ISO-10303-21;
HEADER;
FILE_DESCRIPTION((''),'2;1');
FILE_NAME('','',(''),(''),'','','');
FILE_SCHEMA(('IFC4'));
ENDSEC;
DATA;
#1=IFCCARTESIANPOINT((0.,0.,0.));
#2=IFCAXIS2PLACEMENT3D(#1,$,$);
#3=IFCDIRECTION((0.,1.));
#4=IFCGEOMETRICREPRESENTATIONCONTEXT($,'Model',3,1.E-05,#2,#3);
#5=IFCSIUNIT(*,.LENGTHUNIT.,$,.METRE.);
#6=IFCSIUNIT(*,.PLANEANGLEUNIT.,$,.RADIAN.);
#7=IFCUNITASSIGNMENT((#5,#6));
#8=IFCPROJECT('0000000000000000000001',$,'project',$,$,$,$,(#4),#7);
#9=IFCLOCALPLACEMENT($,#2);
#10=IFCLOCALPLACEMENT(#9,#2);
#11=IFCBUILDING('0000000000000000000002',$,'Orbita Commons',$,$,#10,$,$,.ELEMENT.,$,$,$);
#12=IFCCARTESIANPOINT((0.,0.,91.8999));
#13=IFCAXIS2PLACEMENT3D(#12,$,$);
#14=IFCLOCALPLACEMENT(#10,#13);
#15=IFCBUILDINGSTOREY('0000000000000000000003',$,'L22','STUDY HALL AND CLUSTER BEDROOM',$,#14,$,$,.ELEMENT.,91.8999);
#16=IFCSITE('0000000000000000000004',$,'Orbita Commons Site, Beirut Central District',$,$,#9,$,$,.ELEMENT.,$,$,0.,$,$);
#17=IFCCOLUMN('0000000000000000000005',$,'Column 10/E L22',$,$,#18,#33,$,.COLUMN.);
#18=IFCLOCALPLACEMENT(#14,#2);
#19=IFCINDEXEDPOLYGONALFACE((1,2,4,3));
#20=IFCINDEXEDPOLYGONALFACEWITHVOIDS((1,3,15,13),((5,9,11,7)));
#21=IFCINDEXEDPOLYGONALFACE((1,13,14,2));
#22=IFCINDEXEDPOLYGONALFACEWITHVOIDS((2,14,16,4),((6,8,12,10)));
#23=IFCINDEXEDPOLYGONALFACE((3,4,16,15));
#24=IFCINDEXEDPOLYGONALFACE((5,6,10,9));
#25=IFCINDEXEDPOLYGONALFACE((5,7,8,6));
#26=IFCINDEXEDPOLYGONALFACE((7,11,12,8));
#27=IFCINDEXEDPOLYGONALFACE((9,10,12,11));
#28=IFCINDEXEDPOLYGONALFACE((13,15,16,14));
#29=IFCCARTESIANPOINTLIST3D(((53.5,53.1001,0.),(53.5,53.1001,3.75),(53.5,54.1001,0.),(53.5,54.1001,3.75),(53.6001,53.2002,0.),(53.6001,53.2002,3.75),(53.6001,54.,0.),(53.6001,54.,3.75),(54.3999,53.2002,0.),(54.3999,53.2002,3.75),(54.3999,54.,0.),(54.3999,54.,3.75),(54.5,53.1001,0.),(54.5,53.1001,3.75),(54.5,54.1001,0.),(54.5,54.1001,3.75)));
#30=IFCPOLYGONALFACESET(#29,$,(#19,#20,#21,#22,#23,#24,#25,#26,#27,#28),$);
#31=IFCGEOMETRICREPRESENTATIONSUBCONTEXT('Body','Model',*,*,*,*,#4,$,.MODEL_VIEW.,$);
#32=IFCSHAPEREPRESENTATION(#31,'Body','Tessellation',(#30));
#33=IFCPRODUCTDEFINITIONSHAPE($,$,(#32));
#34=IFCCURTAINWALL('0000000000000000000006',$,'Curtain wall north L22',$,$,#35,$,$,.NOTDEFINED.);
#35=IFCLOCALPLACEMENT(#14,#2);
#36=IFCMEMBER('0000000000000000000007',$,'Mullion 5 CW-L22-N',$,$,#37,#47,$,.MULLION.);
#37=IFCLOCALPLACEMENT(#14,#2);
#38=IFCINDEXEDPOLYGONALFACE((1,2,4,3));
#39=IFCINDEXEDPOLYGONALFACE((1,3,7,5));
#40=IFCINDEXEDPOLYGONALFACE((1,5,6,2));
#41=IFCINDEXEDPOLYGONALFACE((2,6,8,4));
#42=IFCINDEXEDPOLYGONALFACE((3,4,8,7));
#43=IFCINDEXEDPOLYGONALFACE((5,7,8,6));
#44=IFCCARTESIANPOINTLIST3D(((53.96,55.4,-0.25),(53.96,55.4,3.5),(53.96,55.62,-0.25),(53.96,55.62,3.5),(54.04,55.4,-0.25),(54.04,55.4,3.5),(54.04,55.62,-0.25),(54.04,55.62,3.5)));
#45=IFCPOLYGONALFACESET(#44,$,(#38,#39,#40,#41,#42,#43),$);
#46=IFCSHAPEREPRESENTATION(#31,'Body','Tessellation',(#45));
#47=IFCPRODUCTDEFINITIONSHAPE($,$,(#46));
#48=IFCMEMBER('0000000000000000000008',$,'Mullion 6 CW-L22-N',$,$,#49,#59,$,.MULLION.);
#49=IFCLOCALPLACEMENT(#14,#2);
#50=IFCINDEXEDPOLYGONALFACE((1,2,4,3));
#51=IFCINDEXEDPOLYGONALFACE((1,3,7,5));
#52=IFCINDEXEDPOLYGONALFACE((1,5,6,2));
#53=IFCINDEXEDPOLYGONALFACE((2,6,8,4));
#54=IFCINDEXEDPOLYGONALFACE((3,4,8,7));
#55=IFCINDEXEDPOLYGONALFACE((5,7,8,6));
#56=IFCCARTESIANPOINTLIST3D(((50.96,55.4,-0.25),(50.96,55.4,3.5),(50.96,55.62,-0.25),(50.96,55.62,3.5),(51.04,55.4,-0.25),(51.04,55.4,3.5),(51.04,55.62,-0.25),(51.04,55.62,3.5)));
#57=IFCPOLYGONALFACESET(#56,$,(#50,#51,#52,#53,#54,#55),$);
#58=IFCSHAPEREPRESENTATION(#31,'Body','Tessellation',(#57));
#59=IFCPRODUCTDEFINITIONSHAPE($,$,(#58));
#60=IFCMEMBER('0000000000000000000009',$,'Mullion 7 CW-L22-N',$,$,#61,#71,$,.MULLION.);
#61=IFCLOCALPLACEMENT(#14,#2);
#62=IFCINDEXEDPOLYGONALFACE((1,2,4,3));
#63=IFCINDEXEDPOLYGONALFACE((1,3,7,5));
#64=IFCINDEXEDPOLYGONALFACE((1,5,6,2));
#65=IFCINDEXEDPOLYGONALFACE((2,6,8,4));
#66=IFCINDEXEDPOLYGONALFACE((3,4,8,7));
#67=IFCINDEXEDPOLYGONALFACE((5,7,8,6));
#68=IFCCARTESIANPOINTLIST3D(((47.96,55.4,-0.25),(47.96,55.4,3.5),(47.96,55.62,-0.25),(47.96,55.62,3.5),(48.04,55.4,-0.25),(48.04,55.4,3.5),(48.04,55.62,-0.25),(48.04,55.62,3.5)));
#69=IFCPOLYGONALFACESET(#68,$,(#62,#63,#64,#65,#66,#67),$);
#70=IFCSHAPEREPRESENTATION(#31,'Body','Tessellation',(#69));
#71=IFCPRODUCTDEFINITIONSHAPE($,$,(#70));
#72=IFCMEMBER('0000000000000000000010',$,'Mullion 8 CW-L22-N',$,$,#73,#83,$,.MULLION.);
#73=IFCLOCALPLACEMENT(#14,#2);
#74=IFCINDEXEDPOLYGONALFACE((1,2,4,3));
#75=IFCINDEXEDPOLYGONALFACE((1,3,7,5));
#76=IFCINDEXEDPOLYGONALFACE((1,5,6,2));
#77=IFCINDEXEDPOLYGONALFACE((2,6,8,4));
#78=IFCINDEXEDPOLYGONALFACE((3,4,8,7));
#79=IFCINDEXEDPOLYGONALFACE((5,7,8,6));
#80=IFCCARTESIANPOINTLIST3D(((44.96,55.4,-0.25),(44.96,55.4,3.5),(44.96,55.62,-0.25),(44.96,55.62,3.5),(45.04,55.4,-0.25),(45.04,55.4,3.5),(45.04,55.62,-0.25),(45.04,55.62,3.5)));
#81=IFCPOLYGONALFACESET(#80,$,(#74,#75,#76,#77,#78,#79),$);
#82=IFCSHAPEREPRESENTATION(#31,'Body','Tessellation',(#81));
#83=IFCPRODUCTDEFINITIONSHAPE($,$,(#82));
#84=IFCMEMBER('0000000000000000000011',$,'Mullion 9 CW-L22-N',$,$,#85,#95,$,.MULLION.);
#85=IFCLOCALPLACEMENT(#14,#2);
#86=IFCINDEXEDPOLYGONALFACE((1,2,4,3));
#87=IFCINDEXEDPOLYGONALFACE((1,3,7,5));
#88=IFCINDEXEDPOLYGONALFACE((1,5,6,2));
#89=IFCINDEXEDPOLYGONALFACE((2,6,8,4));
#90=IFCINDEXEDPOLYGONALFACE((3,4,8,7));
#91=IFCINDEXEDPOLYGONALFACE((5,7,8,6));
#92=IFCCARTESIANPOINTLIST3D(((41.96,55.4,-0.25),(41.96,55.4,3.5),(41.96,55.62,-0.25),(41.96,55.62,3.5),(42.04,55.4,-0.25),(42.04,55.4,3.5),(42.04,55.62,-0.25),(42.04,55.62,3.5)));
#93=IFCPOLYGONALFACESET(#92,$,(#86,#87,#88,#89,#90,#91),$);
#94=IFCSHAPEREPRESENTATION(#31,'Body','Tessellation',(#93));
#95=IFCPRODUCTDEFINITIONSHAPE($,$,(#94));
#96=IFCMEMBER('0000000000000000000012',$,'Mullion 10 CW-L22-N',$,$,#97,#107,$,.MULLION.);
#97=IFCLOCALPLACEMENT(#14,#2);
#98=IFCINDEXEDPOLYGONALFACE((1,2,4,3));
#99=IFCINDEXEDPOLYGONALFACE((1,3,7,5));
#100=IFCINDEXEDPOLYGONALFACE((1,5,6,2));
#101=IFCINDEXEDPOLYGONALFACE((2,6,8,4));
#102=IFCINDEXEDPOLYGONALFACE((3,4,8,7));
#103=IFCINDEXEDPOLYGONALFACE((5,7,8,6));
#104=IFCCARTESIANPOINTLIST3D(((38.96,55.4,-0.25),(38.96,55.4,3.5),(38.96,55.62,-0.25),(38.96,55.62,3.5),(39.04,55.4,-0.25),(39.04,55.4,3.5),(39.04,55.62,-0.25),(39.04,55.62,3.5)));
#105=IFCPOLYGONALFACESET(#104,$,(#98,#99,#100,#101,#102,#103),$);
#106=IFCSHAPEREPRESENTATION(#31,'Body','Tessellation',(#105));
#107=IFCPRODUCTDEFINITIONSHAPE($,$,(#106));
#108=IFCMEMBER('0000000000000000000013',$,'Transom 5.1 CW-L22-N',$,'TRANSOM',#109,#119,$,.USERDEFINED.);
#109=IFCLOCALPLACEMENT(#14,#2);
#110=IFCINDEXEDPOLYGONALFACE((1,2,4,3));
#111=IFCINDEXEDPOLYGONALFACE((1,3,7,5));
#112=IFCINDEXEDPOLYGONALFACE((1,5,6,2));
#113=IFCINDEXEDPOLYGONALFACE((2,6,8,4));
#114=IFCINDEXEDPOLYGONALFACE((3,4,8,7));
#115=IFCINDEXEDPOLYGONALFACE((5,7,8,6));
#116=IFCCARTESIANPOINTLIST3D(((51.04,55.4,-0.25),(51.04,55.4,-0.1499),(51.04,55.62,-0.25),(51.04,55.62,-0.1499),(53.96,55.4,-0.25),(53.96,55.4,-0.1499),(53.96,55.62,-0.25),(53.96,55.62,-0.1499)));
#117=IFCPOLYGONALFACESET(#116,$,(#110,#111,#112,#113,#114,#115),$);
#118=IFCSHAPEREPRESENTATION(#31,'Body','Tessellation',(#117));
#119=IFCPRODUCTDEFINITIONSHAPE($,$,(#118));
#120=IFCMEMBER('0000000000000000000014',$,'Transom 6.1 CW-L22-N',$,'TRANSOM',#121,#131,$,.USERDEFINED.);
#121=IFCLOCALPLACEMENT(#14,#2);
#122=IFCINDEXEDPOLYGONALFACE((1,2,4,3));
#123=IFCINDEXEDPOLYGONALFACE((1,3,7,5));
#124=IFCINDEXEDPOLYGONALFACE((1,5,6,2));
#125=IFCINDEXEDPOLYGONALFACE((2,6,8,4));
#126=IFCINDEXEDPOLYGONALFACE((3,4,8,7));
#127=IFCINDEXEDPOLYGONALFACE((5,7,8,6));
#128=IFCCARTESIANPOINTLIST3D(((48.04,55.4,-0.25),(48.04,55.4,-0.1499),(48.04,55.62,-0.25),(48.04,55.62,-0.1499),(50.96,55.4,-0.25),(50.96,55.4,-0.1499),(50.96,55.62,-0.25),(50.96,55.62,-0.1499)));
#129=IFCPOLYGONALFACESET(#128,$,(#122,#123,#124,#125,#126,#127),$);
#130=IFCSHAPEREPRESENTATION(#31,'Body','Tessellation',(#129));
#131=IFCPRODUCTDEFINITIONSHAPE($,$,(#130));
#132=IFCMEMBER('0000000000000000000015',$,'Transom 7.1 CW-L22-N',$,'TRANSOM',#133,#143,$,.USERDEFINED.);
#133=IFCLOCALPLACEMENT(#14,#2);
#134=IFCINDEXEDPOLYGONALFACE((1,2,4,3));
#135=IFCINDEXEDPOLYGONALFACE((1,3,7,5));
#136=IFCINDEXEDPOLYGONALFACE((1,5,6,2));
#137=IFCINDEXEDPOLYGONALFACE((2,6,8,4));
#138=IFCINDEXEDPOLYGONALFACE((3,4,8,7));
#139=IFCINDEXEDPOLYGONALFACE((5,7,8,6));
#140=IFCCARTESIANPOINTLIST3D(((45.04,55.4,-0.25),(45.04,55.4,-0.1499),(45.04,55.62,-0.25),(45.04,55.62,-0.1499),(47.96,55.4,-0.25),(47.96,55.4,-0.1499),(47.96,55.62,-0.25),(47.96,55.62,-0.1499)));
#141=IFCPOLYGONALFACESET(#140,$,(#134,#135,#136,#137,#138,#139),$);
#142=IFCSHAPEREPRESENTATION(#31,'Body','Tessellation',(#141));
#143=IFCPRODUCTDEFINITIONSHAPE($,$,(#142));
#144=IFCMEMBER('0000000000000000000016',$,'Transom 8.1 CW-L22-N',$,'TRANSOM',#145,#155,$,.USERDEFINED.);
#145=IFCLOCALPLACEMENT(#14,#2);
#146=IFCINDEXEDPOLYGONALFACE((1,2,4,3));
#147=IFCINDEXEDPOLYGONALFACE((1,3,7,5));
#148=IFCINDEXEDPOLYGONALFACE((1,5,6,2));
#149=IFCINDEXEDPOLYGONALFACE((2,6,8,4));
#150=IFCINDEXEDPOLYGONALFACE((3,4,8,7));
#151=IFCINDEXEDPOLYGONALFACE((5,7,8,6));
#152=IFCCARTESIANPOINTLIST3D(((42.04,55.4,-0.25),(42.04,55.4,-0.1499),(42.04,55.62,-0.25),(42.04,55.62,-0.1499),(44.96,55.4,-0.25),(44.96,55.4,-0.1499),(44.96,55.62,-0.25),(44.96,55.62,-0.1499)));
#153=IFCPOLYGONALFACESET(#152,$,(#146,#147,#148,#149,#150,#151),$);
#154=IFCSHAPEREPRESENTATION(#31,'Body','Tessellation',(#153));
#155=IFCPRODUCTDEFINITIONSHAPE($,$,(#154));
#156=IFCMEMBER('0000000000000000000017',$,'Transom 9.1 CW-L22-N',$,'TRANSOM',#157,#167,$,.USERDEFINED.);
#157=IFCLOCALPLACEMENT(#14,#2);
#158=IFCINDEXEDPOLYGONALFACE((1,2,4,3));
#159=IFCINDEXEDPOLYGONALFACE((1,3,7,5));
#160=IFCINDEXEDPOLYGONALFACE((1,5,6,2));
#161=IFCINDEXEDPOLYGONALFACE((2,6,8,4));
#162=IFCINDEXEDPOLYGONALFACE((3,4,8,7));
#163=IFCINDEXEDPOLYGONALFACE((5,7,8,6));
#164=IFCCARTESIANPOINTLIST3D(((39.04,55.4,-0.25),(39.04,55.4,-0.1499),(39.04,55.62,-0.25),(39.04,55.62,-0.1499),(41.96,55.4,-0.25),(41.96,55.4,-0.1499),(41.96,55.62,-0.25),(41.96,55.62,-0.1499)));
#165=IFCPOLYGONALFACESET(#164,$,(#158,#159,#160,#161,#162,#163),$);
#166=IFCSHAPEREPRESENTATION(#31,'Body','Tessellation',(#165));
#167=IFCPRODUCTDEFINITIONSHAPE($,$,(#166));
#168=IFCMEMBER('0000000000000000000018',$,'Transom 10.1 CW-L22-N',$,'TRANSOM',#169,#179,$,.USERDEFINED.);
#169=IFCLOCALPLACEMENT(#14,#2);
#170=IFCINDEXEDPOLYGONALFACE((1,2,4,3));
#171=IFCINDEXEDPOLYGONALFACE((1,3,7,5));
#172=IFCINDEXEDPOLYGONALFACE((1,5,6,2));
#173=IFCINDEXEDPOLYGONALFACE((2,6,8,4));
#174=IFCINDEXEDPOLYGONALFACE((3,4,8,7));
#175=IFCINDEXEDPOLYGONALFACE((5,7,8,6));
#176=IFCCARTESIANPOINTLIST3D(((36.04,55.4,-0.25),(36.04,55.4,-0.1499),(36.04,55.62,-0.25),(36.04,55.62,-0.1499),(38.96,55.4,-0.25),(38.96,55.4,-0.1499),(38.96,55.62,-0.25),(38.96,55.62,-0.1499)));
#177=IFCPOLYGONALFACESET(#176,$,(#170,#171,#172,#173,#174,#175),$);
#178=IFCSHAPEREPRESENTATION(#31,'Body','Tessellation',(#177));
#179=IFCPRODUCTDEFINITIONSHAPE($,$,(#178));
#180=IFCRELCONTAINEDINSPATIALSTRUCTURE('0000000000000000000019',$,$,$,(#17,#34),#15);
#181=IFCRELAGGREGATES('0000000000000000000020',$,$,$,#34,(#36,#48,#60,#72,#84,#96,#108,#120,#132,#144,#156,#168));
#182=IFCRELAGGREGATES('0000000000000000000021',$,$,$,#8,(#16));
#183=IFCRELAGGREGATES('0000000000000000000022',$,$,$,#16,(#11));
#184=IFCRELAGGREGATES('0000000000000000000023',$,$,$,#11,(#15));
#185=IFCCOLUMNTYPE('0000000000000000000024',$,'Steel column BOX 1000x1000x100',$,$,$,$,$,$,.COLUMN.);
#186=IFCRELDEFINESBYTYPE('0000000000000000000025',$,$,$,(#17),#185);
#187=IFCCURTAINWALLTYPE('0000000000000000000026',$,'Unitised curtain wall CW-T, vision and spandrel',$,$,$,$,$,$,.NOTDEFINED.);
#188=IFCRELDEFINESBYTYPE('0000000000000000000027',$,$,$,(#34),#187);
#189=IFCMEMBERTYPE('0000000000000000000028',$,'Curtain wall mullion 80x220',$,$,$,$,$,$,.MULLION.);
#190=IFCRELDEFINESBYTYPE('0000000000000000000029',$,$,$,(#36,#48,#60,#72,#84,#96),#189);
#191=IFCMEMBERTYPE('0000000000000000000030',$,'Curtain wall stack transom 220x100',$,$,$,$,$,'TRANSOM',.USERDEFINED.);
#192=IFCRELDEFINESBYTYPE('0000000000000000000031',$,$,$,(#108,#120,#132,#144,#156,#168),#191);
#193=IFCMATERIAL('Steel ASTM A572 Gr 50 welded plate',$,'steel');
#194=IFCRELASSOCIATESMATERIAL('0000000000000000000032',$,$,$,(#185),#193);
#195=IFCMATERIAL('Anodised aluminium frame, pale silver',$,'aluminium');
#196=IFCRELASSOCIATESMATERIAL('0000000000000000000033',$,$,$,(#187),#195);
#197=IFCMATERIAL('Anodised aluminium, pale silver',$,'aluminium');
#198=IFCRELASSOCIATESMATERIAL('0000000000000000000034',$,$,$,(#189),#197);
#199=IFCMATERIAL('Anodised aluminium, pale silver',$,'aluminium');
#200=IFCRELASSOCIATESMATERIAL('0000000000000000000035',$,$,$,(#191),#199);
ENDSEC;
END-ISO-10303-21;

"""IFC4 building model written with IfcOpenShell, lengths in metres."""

from ifc_helpers import new_model, si_unit, direction, frame, origin, origin_2d, place, context, subcontext, project, spatial, rectangle, hollow_rectangle, extrude, material, material_profile, profile_set, type_object, element, aggregate, save


model = new_model("IFC4")

# Units and contexts
model_context = context("Model", 3, precision=1e-05, world=origin(), true_north=direction((0.0, 1.0)))
body_context = subcontext(model_context, "Body", "Model", "MODEL_VIEW")
ifc_project = project(units=[si_unit("LENGTHUNIT", "METRE"), si_unit("PLANEANGLEUNIT", "RADIAN")], contexts=[model_context])

# Site, building, storey
site_placement = place(None, origin())
site = spatial("IfcSite", under=ifc_project, at=site_placement, Name="Orbita Commons Site, Beirut Central District", CompositionType="ELEMENT", RefElevation=0.0)
building_placement = place(site_placement, origin())
building = spatial("IfcBuilding", under=site, at=building_placement, Name="Orbita Commons", CompositionType="ELEMENT")
storey_placement = place(building_placement, frame((0.0, 0.0, 91.8999)))
storey = spatial("IfcBuildingStorey", under=building, at=storey_placement, Name="L22", Description="STUDY HALL AND CLUSTER BEDROOM", CompositionType="ELEMENT", Elevation=91.8999)

# Column
ifc_material_1 = material(Name="Steel ASTM A572 Gr 50 welded plate", Category="steel")
ifc_material_profile_1 = material_profile(ifc_material_1, hollow_rectangle(XDim=1.0, YDim=1.0, WallThickness=0.1001, at=origin_2d()), Name="BOX 1000x1000x100")
ifc_profile_set_1 = profile_set([ifc_material_profile_1], Name="Steel ASTM A572 Gr 50 welded plate")
column_type = type_object("IfcColumnType", Name="Steel column BOX 1000x1000x100", PredefinedType="COLUMN", material=ifc_profile_set_1)
column_placement = place(storey_placement, frame((54.0, 53.6001, 0.0), z_axis=(0.0, 0.0, 1.0), x_axis=(1.0, 0.0, 0.0)))
element("IfcColumn", 1, at=column_placement, inside=storey, type_object=column_type, Name="Column 10/E L22", PredefinedType="COLUMN", context=body_context, shape_type="SweptSolid", body=[
    extrude(hollow_rectangle(XDim=1.0, YDim=1.0, WallThickness=0.1001, at=origin_2d()), origin(), (0.0, 0.0, 1.0), 3.75),
])

# Curtain wall, members
ifc_material_2 = material(Name="Anodised aluminium frame, pale silver", Category="aluminium")
curtain_wall_type = type_object("IfcCurtainWallType", Name="Unitised curtain wall CW-T, vision and spandrel", PredefinedType="NOTDEFINED", material=ifc_material_2)
curtain_wall_placement = place(storey_placement, origin())
curtain_wall = element("IfcCurtainWall", 2, at=curtain_wall_placement, inside=storey, type_object=curtain_wall_type, Name="Curtain wall north L22", PredefinedType="NOTDEFINED")
ifc_material_3 = material(Name="Anodised aluminium, pale silver", Category="aluminium")
ifc_material_profile_2 = material_profile(ifc_material_3, rectangle(XDim=0.0801, YDim=0.22, at=origin_2d()), Name="AL 80x220")
ifc_profile_set_2 = profile_set([ifc_material_profile_2], Name="Anodised aluminium, pale silver")
member_type_1 = type_object("IfcMemberType", Name="Curtain wall mullion 80x220", PredefinedType="MULLION", material=ifc_profile_set_2)
member_1_placement = place(storey_placement, frame((54.0, 55.51, -0.25), z_axis=(0.0, 0.0, 1.0), x_axis=(-1.0, 0.0, 0.0)))
member_1 = element("IfcMember", 3, at=member_1_placement, type_object=member_type_1, Name="Mullion 5 CW-L22-N", PredefinedType="MULLION", context=body_context, shape_type="SweptSolid", body=[
    extrude(rectangle(XDim=0.0801, YDim=0.22, at=origin_2d()), origin(), (0.0, 0.0, 1.0), 3.75),
])
member_2_placement = place(storey_placement, frame((51.0, 55.51, -0.25), z_axis=(0.0, 0.0, 1.0), x_axis=(-1.0, 0.0, 0.0)))
member_2 = element("IfcMember", 4, at=member_2_placement, type_object=member_type_1, Name="Mullion 6 CW-L22-N", PredefinedType="MULLION", context=body_context, shape_type="SweptSolid", body=[
    extrude(rectangle(XDim=0.0801, YDim=0.22, at=origin_2d()), origin(), (0.0, 0.0, 1.0), 3.75),
])
member_3_placement = place(storey_placement, frame((48.0, 55.51, -0.25), z_axis=(0.0, 0.0, 1.0), x_axis=(-1.0, 0.0, 0.0)))
member_3 = element("IfcMember", 5, at=member_3_placement, type_object=member_type_1, Name="Mullion 7 CW-L22-N", PredefinedType="MULLION", context=body_context, shape_type="SweptSolid", body=[
    extrude(rectangle(XDim=0.0801, YDim=0.22, at=origin_2d()), origin(), (0.0, 0.0, 1.0), 3.75),
])
member_4_placement = place(storey_placement, frame((45.0, 55.51, -0.25), z_axis=(0.0, 0.0, 1.0), x_axis=(-1.0, 0.0, 0.0)))
member_4 = element("IfcMember", 6, at=member_4_placement, type_object=member_type_1, Name="Mullion 8 CW-L22-N", PredefinedType="MULLION", context=body_context, shape_type="SweptSolid", body=[
    extrude(rectangle(XDim=0.0801, YDim=0.22, at=origin_2d()), origin(), (0.0, 0.0, 1.0), 3.75),
])
member_5_placement = place(storey_placement, frame((42.0, 55.51, -0.25), z_axis=(0.0, 0.0, 1.0), x_axis=(-1.0, 0.0, 0.0)))
member_5 = element("IfcMember", 7, at=member_5_placement, type_object=member_type_1, Name="Mullion 9 CW-L22-N", PredefinedType="MULLION", context=body_context, shape_type="SweptSolid", body=[
    extrude(rectangle(XDim=0.0801, YDim=0.22, at=origin_2d()), origin(), (0.0, 0.0, 1.0), 3.75),
])
member_6_placement = place(storey_placement, frame((39.0, 55.51, -0.25), z_axis=(0.0, 0.0, 1.0), x_axis=(-1.0, 0.0, 0.0)))
member_6 = element("IfcMember", 8, at=member_6_placement, type_object=member_type_1, Name="Mullion 10 CW-L22-N", PredefinedType="MULLION", context=body_context, shape_type="SweptSolid", body=[
    extrude(rectangle(XDim=0.0801, YDim=0.22, at=origin_2d()), origin(), (0.0, 0.0, 1.0), 3.75),
])
ifc_material_4 = material(Name="Anodised aluminium, pale silver", Category="aluminium")
ifc_material_profile_3 = material_profile(ifc_material_4, rectangle(XDim=0.22, YDim=0.1001, at=origin_2d()), Name="AL 220x100")
ifc_profile_set_3 = profile_set([ifc_material_profile_3], Name="Anodised aluminium, pale silver")
member_type_2 = type_object("IfcMemberType", Name="Curtain wall stack transom 220x100", ElementType="TRANSOM", PredefinedType="USERDEFINED", material=ifc_profile_set_3)
member_7_placement = place(storey_placement, frame((53.96, 55.51, -0.2), z_axis=(-1.0, 0.0, 0.0), x_axis=(0.0, -1.0, 0.0)))
member_7 = element("IfcMember", 9, at=member_7_placement, type_object=member_type_2, Name="Transom 5.1 CW-L22-N", ObjectType="TRANSOM", PredefinedType="USERDEFINED", context=body_context, shape_type="SweptSolid", body=[
    extrude(rectangle(XDim=0.22, YDim=0.1001, at=origin_2d()), origin(), (0.0, 0.0, 1.0), 2.9199),
])
member_8_placement = place(storey_placement, frame((50.96, 55.51, -0.2), z_axis=(-1.0, 0.0, 0.0), x_axis=(0.0, -1.0, 0.0)))
member_8 = element("IfcMember", 10, at=member_8_placement, type_object=member_type_2, Name="Transom 6.1 CW-L22-N", ObjectType="TRANSOM", PredefinedType="USERDEFINED", context=body_context, shape_type="SweptSolid", body=[
    extrude(rectangle(XDim=0.22, YDim=0.1001, at=origin_2d()), origin(), (0.0, 0.0, 1.0), 2.9199),
])
member_9_placement = place(storey_placement, frame((47.96, 55.51, -0.2), z_axis=(-1.0, 0.0, 0.0), x_axis=(0.0, -1.0, 0.0)))
member_9 = element("IfcMember", 11, at=member_9_placement, type_object=member_type_2, Name="Transom 7.1 CW-L22-N", ObjectType="TRANSOM", PredefinedType="USERDEFINED", context=body_context, shape_type="SweptSolid", body=[
    extrude(rectangle(XDim=0.22, YDim=0.1001, at=origin_2d()), origin(), (0.0, 0.0, 1.0), 2.9199),
])
member_10_placement = place(storey_placement, frame((44.96, 55.51, -0.2), z_axis=(-1.0, 0.0, 0.0), x_axis=(0.0, -1.0, 0.0)))
member_10 = element("IfcMember", 12, at=member_10_placement, type_object=member_type_2, Name="Transom 8.1 CW-L22-N", ObjectType="TRANSOM", PredefinedType="USERDEFINED", context=body_context, shape_type="SweptSolid", body=[
    extrude(rectangle(XDim=0.22, YDim=0.1001, at=origin_2d()), origin(), (0.0, 0.0, 1.0), 2.9199),
])
member_11_placement = place(storey_placement, frame((41.96, 55.51, -0.2), z_axis=(-1.0, 0.0, 0.0), x_axis=(0.0, -1.0, 0.0)))
member_11 = element("IfcMember", 13, at=member_11_placement, type_object=member_type_2, Name="Transom 9.1 CW-L22-N", ObjectType="TRANSOM", PredefinedType="USERDEFINED", context=body_context, shape_type="SweptSolid", body=[
    extrude(rectangle(XDim=0.22, YDim=0.1001, at=origin_2d()), origin(), (0.0, 0.0, 1.0), 2.9199),
])
member_12_placement = place(storey_placement, frame((38.96, 55.51, -0.2), z_axis=(-1.0, 0.0, 0.0), x_axis=(0.0, -1.0, 0.0)))
member_12 = element("IfcMember", 14, at=member_12_placement, type_object=member_type_2, Name="Transom 10.1 CW-L22-N", ObjectType="TRANSOM", PredefinedType="USERDEFINED", context=body_context, shape_type="SweptSolid", body=[
    extrude(rectangle(XDim=0.22, YDim=0.1001, at=origin_2d()), origin(), (0.0, 0.0, 1.0), 2.9199),
])

aggregate(curtain_wall, [member_1, member_2, member_3, member_4, member_5, member_6, member_7, member_8, member_9, member_10, member_11, member_12])

save(model, "model.ifc")
